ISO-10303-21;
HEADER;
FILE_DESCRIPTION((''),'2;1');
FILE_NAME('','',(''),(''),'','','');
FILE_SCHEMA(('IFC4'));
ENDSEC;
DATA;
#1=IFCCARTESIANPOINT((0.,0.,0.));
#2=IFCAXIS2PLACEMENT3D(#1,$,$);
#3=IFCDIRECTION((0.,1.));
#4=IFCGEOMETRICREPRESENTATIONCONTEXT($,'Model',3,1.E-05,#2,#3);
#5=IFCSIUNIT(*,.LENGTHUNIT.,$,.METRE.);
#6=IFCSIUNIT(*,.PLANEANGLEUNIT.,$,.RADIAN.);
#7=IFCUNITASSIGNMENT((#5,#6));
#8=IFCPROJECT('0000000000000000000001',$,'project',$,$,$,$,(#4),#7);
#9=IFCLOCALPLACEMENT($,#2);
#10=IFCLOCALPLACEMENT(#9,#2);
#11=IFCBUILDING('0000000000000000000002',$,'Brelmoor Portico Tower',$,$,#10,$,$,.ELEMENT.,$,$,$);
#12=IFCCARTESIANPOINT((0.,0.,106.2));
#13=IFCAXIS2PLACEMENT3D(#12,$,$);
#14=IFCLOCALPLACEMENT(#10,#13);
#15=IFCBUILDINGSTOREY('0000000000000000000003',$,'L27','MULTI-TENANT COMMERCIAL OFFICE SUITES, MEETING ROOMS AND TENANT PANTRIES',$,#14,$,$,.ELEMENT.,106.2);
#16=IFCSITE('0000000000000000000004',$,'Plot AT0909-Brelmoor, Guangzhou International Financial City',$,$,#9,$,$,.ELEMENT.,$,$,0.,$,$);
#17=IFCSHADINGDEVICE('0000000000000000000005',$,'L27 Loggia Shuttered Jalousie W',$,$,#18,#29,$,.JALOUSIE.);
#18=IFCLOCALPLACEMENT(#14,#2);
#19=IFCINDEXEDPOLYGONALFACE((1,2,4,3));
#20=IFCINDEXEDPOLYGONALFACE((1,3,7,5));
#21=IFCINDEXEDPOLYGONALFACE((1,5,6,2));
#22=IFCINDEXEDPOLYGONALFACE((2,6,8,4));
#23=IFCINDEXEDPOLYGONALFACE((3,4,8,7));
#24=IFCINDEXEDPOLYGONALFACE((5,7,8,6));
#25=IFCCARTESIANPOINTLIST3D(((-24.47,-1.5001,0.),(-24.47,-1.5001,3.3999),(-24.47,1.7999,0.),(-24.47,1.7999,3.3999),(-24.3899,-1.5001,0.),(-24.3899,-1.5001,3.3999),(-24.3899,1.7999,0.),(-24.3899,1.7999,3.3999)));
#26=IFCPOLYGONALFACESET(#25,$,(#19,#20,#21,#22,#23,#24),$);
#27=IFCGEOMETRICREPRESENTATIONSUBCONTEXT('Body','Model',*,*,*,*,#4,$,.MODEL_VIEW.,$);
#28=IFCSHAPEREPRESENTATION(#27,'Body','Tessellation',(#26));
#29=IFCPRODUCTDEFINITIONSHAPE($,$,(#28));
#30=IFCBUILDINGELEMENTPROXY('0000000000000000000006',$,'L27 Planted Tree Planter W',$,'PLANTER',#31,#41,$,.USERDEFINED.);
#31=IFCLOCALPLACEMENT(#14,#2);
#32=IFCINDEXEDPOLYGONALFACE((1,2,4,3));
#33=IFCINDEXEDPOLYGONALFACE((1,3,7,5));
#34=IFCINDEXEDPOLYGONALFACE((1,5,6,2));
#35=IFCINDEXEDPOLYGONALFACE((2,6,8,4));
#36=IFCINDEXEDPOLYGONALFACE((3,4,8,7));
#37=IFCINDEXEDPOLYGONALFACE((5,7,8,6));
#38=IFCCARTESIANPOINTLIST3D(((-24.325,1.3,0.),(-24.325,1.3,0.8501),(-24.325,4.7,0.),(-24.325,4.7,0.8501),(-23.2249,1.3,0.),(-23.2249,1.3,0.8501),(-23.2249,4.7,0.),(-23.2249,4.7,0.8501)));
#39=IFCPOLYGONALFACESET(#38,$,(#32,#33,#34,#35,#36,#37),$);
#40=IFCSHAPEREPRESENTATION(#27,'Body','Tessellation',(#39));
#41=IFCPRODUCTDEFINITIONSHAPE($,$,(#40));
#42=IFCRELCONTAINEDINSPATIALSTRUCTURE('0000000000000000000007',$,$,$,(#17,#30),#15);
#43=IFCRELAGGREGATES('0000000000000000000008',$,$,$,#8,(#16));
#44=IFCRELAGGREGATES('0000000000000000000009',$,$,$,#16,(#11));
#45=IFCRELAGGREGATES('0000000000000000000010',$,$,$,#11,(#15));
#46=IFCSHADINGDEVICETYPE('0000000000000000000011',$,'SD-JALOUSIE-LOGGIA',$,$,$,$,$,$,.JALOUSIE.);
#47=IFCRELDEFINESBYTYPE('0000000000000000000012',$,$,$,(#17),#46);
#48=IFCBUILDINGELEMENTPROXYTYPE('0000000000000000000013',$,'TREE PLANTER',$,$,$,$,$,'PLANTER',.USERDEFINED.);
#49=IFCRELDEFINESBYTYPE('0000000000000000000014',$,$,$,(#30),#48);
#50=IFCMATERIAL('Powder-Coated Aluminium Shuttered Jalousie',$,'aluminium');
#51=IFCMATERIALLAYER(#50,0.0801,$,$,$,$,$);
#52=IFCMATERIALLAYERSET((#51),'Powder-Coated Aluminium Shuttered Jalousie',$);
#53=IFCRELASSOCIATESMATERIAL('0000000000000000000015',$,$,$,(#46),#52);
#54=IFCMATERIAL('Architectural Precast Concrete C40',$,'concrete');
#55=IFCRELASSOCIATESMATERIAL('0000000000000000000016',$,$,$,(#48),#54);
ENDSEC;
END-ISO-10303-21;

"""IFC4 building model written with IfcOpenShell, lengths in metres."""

from ifc_helpers import new_model, si_unit, direction, frame, origin, origin_2d, place, context, subcontext, project, spatial, rectangle, extrude, material, layer, layer_set, type_object, element, save


model = new_model("IFC4")

# Units and contexts
model_context = context("Model", 3, precision=1e-05, world=origin(), true_north=direction((0.0, 1.0)))
body_context = subcontext(model_context, "Body", "Model", "MODEL_VIEW")
ifc_project = project(units=[si_unit("LENGTHUNIT", "METRE"), si_unit("PLANEANGLEUNIT", "RADIAN")], contexts=[model_context])

# Site, building, storey
site_placement = place(None, origin())
site = spatial("IfcSite", under=ifc_project, at=site_placement, Name="Plot AT0909-Brelmoor, Guangzhou International Financial City", CompositionType="ELEMENT", RefElevation=0.0)
building_placement = place(site_placement, origin())
building = spatial("IfcBuilding", under=site, at=building_placement, Name="Brelmoor Portico Tower", CompositionType="ELEMENT")
storey_placement = place(building_placement, frame((0.0, 0.0, 106.2)))
storey = spatial("IfcBuildingStorey", under=building, at=storey_placement, Name="L27", Description="MULTI-TENANT COMMERCIAL OFFICE SUITES, MEETING ROOMS AND TENANT PANTRIES", CompositionType="ELEMENT", Elevation=106.2)

# Shading device
ifc_material_1 = material(Name="Powder-Coated Aluminium Shuttered Jalousie", Category="aluminium")
ifc_layer_1 = layer(ifc_material_1, 0.0801)
ifc_layer_set_1 = layer_set([ifc_layer_1], Name="Powder-Coated Aluminium Shuttered Jalousie")
shading_device_type = type_object("IfcShadingDeviceType", Name="SD-JALOUSIE-LOGGIA", PredefinedType="JALOUSIE", material=ifc_layer_set_1)
shading_device_placement = place(storey_placement, frame((-24.4299, 0.1499, 0.0), z_axis=(0.0, 0.0, 1.0), x_axis=(0.0, 1.0, 0.0)))
element("IfcShadingDevice", 1, at=shading_device_placement, inside=storey, type_object=shading_device_type, Name="L27 Loggia Shuttered Jalousie W", PredefinedType="JALOUSIE", context=body_context, shape_type="SweptSolid", body=[
    extrude(rectangle(XDim=3.3, YDim=0.0801, at=origin_2d()), origin(), (0.0, 0.0, 1.0), 3.3999),
])

# Building element proxy
ifc_material_2 = material(Name="Architectural Precast Concrete C40", Category="concrete")
building_element_proxy_type = type_object("IfcBuildingElementProxyType", Name="TREE PLANTER", ElementType="PLANTER", PredefinedType="USERDEFINED", material=ifc_material_2)
proxy_placement = place(storey_placement, frame((-23.7749, 3.0, 0.0), z_axis=(0.0, 0.0, 1.0), x_axis=(0.0, 1.0, 0.0)))
element("IfcBuildingElementProxy", 2, at=proxy_placement, inside=storey, type_object=building_element_proxy_type, Name="L27 Planted Tree Planter W", ObjectType="PLANTER", PredefinedType="USERDEFINED", context=body_context, shape_type="SweptSolid", body=[
    extrude(rectangle(XDim=3.3999, YDim=1.1001, at=origin_2d()), origin(), (0.0, 0.0, 1.0), 0.8501),
])

save(model, "model.ifc")
